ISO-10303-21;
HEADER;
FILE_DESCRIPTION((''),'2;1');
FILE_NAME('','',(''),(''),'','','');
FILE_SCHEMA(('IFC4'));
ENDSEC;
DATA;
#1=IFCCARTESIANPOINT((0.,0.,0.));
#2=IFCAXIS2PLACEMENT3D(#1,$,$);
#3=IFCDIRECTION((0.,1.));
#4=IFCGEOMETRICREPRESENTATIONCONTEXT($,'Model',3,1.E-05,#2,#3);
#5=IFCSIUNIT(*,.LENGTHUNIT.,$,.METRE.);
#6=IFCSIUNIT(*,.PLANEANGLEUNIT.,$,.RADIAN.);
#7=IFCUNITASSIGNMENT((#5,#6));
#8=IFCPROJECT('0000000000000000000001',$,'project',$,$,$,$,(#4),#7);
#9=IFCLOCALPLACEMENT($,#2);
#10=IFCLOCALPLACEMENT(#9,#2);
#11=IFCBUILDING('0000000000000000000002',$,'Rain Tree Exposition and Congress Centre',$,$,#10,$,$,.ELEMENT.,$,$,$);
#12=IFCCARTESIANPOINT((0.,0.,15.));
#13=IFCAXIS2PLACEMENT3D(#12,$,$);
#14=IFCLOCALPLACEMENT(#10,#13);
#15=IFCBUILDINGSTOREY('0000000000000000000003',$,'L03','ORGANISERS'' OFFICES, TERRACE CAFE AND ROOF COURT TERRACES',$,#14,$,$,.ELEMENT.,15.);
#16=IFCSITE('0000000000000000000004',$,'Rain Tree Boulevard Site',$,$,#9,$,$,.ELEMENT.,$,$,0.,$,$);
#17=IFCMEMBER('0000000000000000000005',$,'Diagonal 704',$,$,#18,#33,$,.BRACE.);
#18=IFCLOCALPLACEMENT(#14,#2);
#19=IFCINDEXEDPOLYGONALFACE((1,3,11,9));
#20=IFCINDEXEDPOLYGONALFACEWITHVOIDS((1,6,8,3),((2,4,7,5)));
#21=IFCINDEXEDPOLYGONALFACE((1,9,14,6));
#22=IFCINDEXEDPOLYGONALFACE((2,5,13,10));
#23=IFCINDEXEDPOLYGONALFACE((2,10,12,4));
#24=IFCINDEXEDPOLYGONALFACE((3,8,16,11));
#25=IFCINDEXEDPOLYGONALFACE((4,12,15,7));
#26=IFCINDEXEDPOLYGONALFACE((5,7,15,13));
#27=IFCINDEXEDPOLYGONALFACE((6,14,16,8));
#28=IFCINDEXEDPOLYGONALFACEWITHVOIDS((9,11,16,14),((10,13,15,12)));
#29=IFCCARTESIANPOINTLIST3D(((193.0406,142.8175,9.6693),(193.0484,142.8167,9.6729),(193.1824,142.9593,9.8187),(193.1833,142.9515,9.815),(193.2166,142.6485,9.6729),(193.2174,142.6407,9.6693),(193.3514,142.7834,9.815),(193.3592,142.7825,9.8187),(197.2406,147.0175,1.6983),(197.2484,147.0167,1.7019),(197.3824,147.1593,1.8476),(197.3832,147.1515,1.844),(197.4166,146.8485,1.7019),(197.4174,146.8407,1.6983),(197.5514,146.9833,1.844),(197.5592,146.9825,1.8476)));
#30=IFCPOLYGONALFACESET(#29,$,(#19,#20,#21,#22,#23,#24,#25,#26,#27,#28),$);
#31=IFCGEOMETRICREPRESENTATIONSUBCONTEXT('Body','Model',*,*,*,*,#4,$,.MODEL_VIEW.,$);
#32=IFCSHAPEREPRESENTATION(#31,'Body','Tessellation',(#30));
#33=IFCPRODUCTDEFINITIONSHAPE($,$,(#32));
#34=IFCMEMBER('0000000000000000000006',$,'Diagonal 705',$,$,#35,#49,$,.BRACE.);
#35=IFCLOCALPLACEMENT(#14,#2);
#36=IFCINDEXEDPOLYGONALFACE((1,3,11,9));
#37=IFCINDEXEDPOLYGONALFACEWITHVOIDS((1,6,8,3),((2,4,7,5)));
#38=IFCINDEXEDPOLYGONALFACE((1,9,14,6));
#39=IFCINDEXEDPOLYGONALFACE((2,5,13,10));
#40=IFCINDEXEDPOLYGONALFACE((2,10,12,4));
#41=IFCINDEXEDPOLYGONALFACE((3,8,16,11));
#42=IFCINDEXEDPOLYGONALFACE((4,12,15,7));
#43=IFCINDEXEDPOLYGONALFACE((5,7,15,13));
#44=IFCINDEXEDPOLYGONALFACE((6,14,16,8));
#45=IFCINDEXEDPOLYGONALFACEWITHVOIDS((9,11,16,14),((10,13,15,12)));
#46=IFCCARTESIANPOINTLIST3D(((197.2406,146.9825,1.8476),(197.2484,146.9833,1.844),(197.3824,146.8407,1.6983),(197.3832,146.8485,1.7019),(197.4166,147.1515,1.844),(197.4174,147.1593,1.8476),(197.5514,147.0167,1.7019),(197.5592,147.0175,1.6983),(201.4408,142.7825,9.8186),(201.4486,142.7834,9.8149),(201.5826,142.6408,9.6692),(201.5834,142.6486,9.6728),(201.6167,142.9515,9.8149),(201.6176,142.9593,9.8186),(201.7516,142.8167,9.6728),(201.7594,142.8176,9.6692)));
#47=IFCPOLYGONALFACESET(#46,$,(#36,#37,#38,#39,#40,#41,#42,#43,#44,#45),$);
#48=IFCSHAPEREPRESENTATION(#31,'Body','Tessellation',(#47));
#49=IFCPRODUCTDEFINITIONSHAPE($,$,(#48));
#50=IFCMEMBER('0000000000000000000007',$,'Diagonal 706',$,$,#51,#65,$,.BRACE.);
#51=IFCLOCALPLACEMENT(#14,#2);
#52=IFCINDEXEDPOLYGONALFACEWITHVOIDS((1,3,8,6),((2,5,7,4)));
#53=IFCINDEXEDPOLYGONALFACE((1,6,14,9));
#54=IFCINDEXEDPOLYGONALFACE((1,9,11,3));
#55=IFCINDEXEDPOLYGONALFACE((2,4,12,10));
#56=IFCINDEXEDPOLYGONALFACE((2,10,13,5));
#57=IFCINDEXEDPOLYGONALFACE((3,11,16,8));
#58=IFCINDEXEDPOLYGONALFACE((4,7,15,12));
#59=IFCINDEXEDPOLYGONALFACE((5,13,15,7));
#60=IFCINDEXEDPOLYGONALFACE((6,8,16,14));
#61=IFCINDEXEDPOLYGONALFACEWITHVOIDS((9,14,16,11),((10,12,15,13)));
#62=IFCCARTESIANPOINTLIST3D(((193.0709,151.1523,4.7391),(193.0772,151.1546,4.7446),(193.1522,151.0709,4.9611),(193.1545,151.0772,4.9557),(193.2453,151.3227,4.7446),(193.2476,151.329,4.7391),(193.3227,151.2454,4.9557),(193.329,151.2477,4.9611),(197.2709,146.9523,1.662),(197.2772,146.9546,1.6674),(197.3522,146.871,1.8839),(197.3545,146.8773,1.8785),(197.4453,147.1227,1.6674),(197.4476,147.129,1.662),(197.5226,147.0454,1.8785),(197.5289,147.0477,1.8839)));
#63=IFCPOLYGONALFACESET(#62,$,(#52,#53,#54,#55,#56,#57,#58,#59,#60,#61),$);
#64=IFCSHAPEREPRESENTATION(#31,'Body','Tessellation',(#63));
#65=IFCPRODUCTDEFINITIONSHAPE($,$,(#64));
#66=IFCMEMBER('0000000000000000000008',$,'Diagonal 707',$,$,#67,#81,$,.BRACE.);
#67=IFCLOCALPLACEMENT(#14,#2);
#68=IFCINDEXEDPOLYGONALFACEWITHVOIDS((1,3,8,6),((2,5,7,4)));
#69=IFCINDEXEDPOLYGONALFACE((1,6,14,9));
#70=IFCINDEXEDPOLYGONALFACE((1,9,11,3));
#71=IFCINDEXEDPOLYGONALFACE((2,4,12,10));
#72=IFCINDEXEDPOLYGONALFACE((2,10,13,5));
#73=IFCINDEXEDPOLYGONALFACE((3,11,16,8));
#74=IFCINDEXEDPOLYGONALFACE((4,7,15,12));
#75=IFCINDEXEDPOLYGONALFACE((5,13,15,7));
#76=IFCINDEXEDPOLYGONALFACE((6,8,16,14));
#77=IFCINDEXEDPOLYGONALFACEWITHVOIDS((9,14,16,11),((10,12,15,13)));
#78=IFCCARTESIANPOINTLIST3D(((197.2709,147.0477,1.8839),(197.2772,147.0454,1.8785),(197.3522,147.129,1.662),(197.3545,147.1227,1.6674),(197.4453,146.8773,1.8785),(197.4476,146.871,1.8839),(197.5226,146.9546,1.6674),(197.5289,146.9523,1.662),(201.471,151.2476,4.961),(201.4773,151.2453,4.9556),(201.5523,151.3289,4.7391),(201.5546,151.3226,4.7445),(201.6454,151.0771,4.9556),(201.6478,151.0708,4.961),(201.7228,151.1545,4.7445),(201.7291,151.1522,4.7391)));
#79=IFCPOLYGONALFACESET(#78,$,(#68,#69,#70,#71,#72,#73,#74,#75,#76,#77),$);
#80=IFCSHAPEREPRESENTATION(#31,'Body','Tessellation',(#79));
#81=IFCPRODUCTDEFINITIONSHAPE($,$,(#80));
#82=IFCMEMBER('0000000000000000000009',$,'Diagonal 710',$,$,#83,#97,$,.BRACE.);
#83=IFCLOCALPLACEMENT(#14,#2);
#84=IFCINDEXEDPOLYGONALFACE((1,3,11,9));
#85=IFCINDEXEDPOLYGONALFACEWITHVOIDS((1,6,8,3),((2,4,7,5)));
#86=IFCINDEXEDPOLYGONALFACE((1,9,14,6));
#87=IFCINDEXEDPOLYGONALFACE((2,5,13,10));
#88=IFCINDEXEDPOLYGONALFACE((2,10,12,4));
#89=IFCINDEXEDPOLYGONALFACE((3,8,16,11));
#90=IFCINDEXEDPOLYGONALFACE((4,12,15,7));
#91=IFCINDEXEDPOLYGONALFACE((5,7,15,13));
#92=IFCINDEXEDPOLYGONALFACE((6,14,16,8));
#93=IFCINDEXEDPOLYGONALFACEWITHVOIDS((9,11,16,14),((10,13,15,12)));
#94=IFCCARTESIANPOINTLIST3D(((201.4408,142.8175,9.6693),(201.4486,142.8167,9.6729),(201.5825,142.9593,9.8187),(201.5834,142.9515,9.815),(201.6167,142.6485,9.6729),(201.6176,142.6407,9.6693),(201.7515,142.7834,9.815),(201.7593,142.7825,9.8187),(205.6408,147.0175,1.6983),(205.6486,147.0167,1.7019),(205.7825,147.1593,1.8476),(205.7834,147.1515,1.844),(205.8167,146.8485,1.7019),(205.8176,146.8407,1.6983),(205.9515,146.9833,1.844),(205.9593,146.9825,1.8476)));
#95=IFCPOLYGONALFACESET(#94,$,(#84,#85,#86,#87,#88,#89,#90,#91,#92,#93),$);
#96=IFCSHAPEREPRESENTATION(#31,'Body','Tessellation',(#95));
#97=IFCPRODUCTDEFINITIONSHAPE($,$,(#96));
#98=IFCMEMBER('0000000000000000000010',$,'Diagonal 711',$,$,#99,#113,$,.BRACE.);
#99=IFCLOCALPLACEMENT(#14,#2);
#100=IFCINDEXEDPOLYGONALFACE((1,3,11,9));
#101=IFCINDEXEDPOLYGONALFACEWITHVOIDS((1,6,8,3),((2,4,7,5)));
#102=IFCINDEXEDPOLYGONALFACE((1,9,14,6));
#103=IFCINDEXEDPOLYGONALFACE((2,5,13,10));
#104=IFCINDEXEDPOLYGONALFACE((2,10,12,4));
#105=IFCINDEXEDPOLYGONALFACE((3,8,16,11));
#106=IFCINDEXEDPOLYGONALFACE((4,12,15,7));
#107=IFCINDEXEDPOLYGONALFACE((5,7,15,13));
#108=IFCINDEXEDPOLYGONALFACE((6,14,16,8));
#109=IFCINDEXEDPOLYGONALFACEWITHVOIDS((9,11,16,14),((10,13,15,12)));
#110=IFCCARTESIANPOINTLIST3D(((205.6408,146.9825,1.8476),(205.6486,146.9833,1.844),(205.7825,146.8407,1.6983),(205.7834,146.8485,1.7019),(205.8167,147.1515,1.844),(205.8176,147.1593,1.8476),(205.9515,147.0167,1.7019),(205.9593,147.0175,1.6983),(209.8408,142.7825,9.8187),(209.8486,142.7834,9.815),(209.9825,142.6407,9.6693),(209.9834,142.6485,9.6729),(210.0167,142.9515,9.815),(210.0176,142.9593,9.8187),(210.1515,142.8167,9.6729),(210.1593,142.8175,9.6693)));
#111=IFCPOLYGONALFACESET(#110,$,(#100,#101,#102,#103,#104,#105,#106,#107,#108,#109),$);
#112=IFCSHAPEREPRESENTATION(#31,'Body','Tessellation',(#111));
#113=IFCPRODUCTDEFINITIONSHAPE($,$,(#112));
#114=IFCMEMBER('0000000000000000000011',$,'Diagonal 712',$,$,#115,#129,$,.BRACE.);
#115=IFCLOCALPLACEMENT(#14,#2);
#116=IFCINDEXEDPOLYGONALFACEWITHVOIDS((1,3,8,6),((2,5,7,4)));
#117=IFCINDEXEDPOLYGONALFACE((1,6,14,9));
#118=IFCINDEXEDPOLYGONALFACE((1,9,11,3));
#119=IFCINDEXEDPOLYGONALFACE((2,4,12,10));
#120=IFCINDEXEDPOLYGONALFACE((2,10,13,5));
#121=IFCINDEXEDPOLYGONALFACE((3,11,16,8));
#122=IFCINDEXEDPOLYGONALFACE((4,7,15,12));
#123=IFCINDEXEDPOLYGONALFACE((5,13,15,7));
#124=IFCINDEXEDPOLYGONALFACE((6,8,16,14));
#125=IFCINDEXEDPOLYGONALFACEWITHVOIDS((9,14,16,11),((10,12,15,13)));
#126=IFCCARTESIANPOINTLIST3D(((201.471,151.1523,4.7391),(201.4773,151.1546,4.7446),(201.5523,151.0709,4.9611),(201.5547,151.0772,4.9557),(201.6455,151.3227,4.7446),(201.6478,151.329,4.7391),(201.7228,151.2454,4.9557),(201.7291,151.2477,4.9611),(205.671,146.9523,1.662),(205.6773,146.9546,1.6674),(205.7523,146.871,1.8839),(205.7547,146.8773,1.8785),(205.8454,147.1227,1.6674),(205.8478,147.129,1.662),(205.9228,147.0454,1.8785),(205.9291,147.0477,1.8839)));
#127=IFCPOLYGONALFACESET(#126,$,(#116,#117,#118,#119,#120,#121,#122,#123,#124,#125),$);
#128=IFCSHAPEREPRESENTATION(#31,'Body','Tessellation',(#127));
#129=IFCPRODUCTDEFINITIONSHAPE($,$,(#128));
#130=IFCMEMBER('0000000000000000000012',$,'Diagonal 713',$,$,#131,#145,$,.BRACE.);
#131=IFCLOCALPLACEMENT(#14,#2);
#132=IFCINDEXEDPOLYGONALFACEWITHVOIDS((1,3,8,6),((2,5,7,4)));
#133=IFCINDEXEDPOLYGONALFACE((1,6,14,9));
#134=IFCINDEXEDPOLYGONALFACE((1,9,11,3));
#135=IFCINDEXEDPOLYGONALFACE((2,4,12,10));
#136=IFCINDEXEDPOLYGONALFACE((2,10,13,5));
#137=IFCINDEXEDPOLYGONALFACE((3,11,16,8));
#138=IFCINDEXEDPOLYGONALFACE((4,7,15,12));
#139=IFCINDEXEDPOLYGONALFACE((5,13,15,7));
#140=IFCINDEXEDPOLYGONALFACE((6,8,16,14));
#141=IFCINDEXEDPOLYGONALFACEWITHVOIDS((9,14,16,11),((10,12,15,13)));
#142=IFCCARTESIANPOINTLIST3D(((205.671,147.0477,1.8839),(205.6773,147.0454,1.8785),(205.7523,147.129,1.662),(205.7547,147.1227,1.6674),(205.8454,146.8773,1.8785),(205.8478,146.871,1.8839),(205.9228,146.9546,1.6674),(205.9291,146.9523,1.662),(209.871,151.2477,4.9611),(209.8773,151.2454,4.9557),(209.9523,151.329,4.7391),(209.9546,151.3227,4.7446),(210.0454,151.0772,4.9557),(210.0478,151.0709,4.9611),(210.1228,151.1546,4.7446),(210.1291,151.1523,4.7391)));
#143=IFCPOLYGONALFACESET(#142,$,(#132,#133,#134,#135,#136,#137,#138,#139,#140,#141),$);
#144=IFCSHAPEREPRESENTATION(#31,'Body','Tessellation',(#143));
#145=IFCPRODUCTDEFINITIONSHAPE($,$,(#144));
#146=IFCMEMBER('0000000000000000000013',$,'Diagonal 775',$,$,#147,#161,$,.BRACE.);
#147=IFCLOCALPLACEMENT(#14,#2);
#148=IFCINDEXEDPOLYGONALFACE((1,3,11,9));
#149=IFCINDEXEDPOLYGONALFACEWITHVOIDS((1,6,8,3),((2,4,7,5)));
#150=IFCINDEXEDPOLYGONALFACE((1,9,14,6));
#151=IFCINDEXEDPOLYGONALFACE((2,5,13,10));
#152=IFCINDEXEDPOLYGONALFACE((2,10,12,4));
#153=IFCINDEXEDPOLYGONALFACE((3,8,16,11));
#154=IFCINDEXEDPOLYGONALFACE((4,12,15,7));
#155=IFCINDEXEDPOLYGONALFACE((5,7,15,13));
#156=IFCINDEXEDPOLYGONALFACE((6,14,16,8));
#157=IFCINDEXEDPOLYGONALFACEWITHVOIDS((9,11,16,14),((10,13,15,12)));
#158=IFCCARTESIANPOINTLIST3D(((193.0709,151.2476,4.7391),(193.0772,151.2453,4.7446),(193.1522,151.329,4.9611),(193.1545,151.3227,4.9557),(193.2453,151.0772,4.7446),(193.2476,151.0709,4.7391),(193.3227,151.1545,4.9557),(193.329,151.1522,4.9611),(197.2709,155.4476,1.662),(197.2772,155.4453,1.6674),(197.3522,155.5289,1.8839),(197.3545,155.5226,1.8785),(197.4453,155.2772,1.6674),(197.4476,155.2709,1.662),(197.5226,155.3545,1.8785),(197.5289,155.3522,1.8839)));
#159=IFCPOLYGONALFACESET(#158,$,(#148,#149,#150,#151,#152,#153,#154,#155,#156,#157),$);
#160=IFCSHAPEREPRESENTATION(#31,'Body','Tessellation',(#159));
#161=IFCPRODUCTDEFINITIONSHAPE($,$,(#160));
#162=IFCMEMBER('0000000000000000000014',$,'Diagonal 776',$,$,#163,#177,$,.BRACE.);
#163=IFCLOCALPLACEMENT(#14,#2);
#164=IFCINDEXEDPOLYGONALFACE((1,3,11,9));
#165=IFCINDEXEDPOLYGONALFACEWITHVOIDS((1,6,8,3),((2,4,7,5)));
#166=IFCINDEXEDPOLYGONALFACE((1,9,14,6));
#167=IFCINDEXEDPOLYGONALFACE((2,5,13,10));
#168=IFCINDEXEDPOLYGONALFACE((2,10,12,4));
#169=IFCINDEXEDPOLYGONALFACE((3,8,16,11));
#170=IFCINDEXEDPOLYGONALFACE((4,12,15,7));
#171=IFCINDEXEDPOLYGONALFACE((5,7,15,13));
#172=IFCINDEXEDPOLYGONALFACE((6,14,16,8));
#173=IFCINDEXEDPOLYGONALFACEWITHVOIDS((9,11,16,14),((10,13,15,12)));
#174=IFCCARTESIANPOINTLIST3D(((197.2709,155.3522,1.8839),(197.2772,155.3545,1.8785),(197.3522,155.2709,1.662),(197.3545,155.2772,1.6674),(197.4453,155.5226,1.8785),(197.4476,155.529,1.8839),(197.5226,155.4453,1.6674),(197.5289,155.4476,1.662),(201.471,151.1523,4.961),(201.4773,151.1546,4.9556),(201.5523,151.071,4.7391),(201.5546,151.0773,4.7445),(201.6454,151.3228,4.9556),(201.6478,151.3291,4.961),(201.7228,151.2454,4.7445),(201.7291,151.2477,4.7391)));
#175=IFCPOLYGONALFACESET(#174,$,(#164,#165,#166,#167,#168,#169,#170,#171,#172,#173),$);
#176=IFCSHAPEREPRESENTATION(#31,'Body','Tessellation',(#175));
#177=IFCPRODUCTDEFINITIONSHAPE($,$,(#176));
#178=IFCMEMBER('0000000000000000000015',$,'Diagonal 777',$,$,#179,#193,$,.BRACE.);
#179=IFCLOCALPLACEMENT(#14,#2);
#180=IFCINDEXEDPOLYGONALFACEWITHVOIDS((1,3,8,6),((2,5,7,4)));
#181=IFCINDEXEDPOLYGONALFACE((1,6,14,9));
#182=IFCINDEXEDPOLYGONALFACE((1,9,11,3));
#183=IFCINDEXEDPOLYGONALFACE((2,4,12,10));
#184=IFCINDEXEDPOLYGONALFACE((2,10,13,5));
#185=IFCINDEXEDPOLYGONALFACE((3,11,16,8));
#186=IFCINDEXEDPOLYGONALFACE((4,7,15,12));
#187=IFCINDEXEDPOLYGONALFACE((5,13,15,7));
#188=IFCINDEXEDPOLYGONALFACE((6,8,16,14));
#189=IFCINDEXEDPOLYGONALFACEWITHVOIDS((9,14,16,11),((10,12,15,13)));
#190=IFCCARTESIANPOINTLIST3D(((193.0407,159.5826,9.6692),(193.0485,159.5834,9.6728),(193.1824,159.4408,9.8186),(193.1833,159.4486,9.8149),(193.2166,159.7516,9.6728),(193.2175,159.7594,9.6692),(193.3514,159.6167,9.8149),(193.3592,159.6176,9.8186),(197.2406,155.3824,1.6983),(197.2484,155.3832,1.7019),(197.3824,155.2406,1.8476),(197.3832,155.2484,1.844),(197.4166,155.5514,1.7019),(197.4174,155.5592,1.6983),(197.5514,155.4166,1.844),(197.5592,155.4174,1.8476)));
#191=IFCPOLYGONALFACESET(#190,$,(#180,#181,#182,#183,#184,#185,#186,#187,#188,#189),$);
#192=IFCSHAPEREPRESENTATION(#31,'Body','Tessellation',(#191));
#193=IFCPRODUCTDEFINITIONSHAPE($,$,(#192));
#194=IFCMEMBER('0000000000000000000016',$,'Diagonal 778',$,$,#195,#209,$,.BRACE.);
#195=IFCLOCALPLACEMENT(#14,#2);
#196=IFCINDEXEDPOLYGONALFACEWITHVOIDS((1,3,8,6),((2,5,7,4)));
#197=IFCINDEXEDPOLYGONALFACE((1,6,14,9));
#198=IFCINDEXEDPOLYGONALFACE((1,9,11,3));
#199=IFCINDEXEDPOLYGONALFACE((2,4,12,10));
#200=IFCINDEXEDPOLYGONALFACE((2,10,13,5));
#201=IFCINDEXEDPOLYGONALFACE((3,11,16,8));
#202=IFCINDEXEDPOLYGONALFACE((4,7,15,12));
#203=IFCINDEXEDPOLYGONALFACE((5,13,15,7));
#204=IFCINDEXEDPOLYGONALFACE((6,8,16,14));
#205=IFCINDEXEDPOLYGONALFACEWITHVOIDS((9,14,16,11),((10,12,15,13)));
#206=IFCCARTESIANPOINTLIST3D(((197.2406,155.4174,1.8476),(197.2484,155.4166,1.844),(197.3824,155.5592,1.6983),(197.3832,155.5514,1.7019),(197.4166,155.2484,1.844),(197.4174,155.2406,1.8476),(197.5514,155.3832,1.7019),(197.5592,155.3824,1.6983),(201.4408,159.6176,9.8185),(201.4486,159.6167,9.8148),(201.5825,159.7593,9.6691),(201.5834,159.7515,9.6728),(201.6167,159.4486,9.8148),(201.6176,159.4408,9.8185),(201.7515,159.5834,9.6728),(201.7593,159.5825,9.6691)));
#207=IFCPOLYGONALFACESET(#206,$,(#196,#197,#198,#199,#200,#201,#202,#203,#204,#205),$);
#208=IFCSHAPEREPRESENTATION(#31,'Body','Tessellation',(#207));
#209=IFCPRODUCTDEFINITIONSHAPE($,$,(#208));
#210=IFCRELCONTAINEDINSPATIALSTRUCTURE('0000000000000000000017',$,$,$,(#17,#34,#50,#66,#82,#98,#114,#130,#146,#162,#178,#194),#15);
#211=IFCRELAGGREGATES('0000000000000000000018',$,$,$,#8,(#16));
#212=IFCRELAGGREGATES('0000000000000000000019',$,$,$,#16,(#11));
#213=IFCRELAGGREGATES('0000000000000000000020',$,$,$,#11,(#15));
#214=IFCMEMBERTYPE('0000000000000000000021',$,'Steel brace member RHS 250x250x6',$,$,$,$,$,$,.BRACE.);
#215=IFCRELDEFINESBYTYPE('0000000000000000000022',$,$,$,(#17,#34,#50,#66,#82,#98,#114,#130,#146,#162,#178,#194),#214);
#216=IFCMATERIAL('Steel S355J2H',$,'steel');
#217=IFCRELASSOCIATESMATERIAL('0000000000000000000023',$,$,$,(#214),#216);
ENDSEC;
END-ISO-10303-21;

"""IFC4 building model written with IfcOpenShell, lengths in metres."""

from ifc_helpers import new_model, si_unit, direction, frame, origin, origin_2d, place, context, subcontext, project, spatial, hollow_rectangle, extrude, material, material_profile, profile_set, type_object, element, save


model = new_model("IFC4")

# Units and contexts
model_context = context("Model", 3, precision=1e-05, world=origin(), true_north=direction((0.0, 1.0)))
body_context = subcontext(model_context, "Body", "Model", "MODEL_VIEW")
ifc_project = project(units=[si_unit("LENGTHUNIT", "METRE"), si_unit("PLANEANGLEUNIT", "RADIAN")], contexts=[model_context])

# Site, building, storey
site_placement = place(None, origin())
site = spatial("IfcSite", under=ifc_project, at=site_placement, Name="Rain Tree Boulevard Site", CompositionType="ELEMENT", RefElevation=0.0)
building_placement = place(site_placement, origin())
building = spatial("IfcBuilding", under=site, at=building_placement, Name="Rain Tree Exposition and Congress Centre", CompositionType="ELEMENT")
storey_placement = place(building_placement, frame((0.0, 0.0, 15.0)))
storey = spatial("IfcBuildingStorey", under=building, at=storey_placement, Name="L03", Description="ORGANISERS' OFFICES, TERRACE CAFE AND ROOF COURT TERRACES", CompositionType="ELEMENT", Elevation=15.0)

# Members
ifc_material_1 = material(Name="Steel S355J2H", Category="steel")
ifc_material_profile_1 = material_profile(ifc_material_1, hollow_rectangle(XDim=0.25, YDim=0.25, WallThickness=0.0061, at=origin_2d()), Name="RHS 250x250x6")
ifc_profile_set_1 = profile_set([ifc_material_profile_1], Name="Steel S355J2H")
member_type_1 = type_object("IfcMemberType", Name="Steel brace member RHS 250x250x6", PredefinedType="BRACE", material=ifc_profile_set_1)
for number, where, z_axis, x_axis, name in (
    (1, (197.3999, 147.0, 1.7729), (-0.422506, -0.422506, 0.801859), (0.707107, -0.707107, 0.0), "Diagonal 704"),
    (2, (197.3999, 147.0, 1.7729), (0.422526, -0.422501, 0.801851), (0.707086, 0.707127, 0.0), "Diagonal 705"),
):
    element("IfcMember", number, at=place(storey_placement, frame(where, z_axis=z_axis, x_axis=x_axis)), inside=storey, type_object=member_type_1, Name=name, PredefinedType="BRACE", context=body_context, shape_type="SweptSolid", body=[
        extrude(hollow_rectangle(XDim=0.25, YDim=0.25, WallThickness=0.0061, at=origin_2d()), origin(), (0.0, 0.0, 1.0), 9.9407),
    ])
for number, where, z_axis, x_axis, name in (
    (3, (197.3999, 147.0, 1.7729), (-0.627852, 0.627852, 0.460004), (-0.707107, -0.707107, 0.0), "Diagonal 706"),
    (4, (197.3999, 147.0, 1.7729), (0.627874, 0.627838, 0.459993), (-0.707086, 0.707127, 0.0), "Diagonal 707"),
):
    element("IfcMember", number, at=place(storey_placement, frame(where, z_axis=z_axis, x_axis=x_axis)), inside=storey, type_object=member_type_1, Name=name, PredefinedType="BRACE", context=body_context, shape_type="SweptSolid", body=[
        extrude(hollow_rectangle(XDim=0.25, YDim=0.25, WallThickness=0.0061, at=origin_2d()), origin(), (0.0, 0.0, 1.0), 6.6895),
    ])
for number, where, z_axis, x_axis, name in (
    (5, (205.8, 147.0, 1.7729), (-0.422506, -0.422506, 0.801859), (0.707107, -0.707107, 0.0), "Diagonal 710"),
    (6, (205.8, 147.0, 1.7729), (0.422506, -0.422506, 0.801859), (0.707107, 0.707107, 0.0), "Diagonal 711"),
):
    element("IfcMember", number, at=place(storey_placement, frame(where, z_axis=z_axis, x_axis=x_axis)), inside=storey, type_object=member_type_1, Name=name, PredefinedType="BRACE", context=body_context, shape_type="SweptSolid", body=[
        extrude(hollow_rectangle(XDim=0.25, YDim=0.25, WallThickness=0.0061, at=origin_2d()), origin(), (0.0, 0.0, 1.0), 9.9407),
    ])
for number, where, z_axis, x_axis, name in (
    (7, (205.8, 147.0, 1.7729), (-0.627852, 0.627852, 0.460004), (-0.707107, -0.707107, 0.0), "Diagonal 712"),
    (8, (205.8, 147.0, 1.7729), (0.627852, 0.627852, 0.460004), (-0.707107, 0.707107, 0.0), "Diagonal 713"),
    (9, (197.3999, 155.3999, 1.7729), (-0.627852, -0.627852, 0.460004), (0.707107, -0.707107, 0.0), "Diagonal 775"),
    (10, (197.3999, 155.3999, 1.7729), (0.627874, -0.627838, 0.459993), (0.707086, 0.707127, 0.0), "Diagonal 776"),
):
    element("IfcMember", number, at=place(storey_placement, frame(where, z_axis=z_axis, x_axis=x_axis)), inside=storey, type_object=member_type_1, Name=name, PredefinedType="BRACE", context=body_context, shape_type="SweptSolid", body=[
        extrude(hollow_rectangle(XDim=0.25, YDim=0.25, WallThickness=0.0061, at=origin_2d()), origin(), (0.0, 0.0, 1.0), 6.6895),
    ])
for number, where, z_axis, x_axis, name in (
    (11, (197.3999, 155.3999, 1.7729), (-0.422501, 0.422526, 0.801851), (-0.707127, -0.707086, 0.0), "Diagonal 777"),
    (12, (197.3999, 155.3999, 1.7729), (0.422521, 0.422521, 0.801843), (-0.707107, 0.707107, 0.0), "Diagonal 778"),
):
    element("IfcMember", number, at=place(storey_placement, frame(where, z_axis=z_axis, x_axis=x_axis)), inside=storey, type_object=member_type_1, Name=name, PredefinedType="BRACE", context=body_context, shape_type="SweptSolid", body=[
        extrude(hollow_rectangle(XDim=0.25, YDim=0.25, WallThickness=0.0061, at=origin_2d()), origin(), (0.0, 0.0, 1.0), 9.9407),
    ])

save(model, "model.ifc")
